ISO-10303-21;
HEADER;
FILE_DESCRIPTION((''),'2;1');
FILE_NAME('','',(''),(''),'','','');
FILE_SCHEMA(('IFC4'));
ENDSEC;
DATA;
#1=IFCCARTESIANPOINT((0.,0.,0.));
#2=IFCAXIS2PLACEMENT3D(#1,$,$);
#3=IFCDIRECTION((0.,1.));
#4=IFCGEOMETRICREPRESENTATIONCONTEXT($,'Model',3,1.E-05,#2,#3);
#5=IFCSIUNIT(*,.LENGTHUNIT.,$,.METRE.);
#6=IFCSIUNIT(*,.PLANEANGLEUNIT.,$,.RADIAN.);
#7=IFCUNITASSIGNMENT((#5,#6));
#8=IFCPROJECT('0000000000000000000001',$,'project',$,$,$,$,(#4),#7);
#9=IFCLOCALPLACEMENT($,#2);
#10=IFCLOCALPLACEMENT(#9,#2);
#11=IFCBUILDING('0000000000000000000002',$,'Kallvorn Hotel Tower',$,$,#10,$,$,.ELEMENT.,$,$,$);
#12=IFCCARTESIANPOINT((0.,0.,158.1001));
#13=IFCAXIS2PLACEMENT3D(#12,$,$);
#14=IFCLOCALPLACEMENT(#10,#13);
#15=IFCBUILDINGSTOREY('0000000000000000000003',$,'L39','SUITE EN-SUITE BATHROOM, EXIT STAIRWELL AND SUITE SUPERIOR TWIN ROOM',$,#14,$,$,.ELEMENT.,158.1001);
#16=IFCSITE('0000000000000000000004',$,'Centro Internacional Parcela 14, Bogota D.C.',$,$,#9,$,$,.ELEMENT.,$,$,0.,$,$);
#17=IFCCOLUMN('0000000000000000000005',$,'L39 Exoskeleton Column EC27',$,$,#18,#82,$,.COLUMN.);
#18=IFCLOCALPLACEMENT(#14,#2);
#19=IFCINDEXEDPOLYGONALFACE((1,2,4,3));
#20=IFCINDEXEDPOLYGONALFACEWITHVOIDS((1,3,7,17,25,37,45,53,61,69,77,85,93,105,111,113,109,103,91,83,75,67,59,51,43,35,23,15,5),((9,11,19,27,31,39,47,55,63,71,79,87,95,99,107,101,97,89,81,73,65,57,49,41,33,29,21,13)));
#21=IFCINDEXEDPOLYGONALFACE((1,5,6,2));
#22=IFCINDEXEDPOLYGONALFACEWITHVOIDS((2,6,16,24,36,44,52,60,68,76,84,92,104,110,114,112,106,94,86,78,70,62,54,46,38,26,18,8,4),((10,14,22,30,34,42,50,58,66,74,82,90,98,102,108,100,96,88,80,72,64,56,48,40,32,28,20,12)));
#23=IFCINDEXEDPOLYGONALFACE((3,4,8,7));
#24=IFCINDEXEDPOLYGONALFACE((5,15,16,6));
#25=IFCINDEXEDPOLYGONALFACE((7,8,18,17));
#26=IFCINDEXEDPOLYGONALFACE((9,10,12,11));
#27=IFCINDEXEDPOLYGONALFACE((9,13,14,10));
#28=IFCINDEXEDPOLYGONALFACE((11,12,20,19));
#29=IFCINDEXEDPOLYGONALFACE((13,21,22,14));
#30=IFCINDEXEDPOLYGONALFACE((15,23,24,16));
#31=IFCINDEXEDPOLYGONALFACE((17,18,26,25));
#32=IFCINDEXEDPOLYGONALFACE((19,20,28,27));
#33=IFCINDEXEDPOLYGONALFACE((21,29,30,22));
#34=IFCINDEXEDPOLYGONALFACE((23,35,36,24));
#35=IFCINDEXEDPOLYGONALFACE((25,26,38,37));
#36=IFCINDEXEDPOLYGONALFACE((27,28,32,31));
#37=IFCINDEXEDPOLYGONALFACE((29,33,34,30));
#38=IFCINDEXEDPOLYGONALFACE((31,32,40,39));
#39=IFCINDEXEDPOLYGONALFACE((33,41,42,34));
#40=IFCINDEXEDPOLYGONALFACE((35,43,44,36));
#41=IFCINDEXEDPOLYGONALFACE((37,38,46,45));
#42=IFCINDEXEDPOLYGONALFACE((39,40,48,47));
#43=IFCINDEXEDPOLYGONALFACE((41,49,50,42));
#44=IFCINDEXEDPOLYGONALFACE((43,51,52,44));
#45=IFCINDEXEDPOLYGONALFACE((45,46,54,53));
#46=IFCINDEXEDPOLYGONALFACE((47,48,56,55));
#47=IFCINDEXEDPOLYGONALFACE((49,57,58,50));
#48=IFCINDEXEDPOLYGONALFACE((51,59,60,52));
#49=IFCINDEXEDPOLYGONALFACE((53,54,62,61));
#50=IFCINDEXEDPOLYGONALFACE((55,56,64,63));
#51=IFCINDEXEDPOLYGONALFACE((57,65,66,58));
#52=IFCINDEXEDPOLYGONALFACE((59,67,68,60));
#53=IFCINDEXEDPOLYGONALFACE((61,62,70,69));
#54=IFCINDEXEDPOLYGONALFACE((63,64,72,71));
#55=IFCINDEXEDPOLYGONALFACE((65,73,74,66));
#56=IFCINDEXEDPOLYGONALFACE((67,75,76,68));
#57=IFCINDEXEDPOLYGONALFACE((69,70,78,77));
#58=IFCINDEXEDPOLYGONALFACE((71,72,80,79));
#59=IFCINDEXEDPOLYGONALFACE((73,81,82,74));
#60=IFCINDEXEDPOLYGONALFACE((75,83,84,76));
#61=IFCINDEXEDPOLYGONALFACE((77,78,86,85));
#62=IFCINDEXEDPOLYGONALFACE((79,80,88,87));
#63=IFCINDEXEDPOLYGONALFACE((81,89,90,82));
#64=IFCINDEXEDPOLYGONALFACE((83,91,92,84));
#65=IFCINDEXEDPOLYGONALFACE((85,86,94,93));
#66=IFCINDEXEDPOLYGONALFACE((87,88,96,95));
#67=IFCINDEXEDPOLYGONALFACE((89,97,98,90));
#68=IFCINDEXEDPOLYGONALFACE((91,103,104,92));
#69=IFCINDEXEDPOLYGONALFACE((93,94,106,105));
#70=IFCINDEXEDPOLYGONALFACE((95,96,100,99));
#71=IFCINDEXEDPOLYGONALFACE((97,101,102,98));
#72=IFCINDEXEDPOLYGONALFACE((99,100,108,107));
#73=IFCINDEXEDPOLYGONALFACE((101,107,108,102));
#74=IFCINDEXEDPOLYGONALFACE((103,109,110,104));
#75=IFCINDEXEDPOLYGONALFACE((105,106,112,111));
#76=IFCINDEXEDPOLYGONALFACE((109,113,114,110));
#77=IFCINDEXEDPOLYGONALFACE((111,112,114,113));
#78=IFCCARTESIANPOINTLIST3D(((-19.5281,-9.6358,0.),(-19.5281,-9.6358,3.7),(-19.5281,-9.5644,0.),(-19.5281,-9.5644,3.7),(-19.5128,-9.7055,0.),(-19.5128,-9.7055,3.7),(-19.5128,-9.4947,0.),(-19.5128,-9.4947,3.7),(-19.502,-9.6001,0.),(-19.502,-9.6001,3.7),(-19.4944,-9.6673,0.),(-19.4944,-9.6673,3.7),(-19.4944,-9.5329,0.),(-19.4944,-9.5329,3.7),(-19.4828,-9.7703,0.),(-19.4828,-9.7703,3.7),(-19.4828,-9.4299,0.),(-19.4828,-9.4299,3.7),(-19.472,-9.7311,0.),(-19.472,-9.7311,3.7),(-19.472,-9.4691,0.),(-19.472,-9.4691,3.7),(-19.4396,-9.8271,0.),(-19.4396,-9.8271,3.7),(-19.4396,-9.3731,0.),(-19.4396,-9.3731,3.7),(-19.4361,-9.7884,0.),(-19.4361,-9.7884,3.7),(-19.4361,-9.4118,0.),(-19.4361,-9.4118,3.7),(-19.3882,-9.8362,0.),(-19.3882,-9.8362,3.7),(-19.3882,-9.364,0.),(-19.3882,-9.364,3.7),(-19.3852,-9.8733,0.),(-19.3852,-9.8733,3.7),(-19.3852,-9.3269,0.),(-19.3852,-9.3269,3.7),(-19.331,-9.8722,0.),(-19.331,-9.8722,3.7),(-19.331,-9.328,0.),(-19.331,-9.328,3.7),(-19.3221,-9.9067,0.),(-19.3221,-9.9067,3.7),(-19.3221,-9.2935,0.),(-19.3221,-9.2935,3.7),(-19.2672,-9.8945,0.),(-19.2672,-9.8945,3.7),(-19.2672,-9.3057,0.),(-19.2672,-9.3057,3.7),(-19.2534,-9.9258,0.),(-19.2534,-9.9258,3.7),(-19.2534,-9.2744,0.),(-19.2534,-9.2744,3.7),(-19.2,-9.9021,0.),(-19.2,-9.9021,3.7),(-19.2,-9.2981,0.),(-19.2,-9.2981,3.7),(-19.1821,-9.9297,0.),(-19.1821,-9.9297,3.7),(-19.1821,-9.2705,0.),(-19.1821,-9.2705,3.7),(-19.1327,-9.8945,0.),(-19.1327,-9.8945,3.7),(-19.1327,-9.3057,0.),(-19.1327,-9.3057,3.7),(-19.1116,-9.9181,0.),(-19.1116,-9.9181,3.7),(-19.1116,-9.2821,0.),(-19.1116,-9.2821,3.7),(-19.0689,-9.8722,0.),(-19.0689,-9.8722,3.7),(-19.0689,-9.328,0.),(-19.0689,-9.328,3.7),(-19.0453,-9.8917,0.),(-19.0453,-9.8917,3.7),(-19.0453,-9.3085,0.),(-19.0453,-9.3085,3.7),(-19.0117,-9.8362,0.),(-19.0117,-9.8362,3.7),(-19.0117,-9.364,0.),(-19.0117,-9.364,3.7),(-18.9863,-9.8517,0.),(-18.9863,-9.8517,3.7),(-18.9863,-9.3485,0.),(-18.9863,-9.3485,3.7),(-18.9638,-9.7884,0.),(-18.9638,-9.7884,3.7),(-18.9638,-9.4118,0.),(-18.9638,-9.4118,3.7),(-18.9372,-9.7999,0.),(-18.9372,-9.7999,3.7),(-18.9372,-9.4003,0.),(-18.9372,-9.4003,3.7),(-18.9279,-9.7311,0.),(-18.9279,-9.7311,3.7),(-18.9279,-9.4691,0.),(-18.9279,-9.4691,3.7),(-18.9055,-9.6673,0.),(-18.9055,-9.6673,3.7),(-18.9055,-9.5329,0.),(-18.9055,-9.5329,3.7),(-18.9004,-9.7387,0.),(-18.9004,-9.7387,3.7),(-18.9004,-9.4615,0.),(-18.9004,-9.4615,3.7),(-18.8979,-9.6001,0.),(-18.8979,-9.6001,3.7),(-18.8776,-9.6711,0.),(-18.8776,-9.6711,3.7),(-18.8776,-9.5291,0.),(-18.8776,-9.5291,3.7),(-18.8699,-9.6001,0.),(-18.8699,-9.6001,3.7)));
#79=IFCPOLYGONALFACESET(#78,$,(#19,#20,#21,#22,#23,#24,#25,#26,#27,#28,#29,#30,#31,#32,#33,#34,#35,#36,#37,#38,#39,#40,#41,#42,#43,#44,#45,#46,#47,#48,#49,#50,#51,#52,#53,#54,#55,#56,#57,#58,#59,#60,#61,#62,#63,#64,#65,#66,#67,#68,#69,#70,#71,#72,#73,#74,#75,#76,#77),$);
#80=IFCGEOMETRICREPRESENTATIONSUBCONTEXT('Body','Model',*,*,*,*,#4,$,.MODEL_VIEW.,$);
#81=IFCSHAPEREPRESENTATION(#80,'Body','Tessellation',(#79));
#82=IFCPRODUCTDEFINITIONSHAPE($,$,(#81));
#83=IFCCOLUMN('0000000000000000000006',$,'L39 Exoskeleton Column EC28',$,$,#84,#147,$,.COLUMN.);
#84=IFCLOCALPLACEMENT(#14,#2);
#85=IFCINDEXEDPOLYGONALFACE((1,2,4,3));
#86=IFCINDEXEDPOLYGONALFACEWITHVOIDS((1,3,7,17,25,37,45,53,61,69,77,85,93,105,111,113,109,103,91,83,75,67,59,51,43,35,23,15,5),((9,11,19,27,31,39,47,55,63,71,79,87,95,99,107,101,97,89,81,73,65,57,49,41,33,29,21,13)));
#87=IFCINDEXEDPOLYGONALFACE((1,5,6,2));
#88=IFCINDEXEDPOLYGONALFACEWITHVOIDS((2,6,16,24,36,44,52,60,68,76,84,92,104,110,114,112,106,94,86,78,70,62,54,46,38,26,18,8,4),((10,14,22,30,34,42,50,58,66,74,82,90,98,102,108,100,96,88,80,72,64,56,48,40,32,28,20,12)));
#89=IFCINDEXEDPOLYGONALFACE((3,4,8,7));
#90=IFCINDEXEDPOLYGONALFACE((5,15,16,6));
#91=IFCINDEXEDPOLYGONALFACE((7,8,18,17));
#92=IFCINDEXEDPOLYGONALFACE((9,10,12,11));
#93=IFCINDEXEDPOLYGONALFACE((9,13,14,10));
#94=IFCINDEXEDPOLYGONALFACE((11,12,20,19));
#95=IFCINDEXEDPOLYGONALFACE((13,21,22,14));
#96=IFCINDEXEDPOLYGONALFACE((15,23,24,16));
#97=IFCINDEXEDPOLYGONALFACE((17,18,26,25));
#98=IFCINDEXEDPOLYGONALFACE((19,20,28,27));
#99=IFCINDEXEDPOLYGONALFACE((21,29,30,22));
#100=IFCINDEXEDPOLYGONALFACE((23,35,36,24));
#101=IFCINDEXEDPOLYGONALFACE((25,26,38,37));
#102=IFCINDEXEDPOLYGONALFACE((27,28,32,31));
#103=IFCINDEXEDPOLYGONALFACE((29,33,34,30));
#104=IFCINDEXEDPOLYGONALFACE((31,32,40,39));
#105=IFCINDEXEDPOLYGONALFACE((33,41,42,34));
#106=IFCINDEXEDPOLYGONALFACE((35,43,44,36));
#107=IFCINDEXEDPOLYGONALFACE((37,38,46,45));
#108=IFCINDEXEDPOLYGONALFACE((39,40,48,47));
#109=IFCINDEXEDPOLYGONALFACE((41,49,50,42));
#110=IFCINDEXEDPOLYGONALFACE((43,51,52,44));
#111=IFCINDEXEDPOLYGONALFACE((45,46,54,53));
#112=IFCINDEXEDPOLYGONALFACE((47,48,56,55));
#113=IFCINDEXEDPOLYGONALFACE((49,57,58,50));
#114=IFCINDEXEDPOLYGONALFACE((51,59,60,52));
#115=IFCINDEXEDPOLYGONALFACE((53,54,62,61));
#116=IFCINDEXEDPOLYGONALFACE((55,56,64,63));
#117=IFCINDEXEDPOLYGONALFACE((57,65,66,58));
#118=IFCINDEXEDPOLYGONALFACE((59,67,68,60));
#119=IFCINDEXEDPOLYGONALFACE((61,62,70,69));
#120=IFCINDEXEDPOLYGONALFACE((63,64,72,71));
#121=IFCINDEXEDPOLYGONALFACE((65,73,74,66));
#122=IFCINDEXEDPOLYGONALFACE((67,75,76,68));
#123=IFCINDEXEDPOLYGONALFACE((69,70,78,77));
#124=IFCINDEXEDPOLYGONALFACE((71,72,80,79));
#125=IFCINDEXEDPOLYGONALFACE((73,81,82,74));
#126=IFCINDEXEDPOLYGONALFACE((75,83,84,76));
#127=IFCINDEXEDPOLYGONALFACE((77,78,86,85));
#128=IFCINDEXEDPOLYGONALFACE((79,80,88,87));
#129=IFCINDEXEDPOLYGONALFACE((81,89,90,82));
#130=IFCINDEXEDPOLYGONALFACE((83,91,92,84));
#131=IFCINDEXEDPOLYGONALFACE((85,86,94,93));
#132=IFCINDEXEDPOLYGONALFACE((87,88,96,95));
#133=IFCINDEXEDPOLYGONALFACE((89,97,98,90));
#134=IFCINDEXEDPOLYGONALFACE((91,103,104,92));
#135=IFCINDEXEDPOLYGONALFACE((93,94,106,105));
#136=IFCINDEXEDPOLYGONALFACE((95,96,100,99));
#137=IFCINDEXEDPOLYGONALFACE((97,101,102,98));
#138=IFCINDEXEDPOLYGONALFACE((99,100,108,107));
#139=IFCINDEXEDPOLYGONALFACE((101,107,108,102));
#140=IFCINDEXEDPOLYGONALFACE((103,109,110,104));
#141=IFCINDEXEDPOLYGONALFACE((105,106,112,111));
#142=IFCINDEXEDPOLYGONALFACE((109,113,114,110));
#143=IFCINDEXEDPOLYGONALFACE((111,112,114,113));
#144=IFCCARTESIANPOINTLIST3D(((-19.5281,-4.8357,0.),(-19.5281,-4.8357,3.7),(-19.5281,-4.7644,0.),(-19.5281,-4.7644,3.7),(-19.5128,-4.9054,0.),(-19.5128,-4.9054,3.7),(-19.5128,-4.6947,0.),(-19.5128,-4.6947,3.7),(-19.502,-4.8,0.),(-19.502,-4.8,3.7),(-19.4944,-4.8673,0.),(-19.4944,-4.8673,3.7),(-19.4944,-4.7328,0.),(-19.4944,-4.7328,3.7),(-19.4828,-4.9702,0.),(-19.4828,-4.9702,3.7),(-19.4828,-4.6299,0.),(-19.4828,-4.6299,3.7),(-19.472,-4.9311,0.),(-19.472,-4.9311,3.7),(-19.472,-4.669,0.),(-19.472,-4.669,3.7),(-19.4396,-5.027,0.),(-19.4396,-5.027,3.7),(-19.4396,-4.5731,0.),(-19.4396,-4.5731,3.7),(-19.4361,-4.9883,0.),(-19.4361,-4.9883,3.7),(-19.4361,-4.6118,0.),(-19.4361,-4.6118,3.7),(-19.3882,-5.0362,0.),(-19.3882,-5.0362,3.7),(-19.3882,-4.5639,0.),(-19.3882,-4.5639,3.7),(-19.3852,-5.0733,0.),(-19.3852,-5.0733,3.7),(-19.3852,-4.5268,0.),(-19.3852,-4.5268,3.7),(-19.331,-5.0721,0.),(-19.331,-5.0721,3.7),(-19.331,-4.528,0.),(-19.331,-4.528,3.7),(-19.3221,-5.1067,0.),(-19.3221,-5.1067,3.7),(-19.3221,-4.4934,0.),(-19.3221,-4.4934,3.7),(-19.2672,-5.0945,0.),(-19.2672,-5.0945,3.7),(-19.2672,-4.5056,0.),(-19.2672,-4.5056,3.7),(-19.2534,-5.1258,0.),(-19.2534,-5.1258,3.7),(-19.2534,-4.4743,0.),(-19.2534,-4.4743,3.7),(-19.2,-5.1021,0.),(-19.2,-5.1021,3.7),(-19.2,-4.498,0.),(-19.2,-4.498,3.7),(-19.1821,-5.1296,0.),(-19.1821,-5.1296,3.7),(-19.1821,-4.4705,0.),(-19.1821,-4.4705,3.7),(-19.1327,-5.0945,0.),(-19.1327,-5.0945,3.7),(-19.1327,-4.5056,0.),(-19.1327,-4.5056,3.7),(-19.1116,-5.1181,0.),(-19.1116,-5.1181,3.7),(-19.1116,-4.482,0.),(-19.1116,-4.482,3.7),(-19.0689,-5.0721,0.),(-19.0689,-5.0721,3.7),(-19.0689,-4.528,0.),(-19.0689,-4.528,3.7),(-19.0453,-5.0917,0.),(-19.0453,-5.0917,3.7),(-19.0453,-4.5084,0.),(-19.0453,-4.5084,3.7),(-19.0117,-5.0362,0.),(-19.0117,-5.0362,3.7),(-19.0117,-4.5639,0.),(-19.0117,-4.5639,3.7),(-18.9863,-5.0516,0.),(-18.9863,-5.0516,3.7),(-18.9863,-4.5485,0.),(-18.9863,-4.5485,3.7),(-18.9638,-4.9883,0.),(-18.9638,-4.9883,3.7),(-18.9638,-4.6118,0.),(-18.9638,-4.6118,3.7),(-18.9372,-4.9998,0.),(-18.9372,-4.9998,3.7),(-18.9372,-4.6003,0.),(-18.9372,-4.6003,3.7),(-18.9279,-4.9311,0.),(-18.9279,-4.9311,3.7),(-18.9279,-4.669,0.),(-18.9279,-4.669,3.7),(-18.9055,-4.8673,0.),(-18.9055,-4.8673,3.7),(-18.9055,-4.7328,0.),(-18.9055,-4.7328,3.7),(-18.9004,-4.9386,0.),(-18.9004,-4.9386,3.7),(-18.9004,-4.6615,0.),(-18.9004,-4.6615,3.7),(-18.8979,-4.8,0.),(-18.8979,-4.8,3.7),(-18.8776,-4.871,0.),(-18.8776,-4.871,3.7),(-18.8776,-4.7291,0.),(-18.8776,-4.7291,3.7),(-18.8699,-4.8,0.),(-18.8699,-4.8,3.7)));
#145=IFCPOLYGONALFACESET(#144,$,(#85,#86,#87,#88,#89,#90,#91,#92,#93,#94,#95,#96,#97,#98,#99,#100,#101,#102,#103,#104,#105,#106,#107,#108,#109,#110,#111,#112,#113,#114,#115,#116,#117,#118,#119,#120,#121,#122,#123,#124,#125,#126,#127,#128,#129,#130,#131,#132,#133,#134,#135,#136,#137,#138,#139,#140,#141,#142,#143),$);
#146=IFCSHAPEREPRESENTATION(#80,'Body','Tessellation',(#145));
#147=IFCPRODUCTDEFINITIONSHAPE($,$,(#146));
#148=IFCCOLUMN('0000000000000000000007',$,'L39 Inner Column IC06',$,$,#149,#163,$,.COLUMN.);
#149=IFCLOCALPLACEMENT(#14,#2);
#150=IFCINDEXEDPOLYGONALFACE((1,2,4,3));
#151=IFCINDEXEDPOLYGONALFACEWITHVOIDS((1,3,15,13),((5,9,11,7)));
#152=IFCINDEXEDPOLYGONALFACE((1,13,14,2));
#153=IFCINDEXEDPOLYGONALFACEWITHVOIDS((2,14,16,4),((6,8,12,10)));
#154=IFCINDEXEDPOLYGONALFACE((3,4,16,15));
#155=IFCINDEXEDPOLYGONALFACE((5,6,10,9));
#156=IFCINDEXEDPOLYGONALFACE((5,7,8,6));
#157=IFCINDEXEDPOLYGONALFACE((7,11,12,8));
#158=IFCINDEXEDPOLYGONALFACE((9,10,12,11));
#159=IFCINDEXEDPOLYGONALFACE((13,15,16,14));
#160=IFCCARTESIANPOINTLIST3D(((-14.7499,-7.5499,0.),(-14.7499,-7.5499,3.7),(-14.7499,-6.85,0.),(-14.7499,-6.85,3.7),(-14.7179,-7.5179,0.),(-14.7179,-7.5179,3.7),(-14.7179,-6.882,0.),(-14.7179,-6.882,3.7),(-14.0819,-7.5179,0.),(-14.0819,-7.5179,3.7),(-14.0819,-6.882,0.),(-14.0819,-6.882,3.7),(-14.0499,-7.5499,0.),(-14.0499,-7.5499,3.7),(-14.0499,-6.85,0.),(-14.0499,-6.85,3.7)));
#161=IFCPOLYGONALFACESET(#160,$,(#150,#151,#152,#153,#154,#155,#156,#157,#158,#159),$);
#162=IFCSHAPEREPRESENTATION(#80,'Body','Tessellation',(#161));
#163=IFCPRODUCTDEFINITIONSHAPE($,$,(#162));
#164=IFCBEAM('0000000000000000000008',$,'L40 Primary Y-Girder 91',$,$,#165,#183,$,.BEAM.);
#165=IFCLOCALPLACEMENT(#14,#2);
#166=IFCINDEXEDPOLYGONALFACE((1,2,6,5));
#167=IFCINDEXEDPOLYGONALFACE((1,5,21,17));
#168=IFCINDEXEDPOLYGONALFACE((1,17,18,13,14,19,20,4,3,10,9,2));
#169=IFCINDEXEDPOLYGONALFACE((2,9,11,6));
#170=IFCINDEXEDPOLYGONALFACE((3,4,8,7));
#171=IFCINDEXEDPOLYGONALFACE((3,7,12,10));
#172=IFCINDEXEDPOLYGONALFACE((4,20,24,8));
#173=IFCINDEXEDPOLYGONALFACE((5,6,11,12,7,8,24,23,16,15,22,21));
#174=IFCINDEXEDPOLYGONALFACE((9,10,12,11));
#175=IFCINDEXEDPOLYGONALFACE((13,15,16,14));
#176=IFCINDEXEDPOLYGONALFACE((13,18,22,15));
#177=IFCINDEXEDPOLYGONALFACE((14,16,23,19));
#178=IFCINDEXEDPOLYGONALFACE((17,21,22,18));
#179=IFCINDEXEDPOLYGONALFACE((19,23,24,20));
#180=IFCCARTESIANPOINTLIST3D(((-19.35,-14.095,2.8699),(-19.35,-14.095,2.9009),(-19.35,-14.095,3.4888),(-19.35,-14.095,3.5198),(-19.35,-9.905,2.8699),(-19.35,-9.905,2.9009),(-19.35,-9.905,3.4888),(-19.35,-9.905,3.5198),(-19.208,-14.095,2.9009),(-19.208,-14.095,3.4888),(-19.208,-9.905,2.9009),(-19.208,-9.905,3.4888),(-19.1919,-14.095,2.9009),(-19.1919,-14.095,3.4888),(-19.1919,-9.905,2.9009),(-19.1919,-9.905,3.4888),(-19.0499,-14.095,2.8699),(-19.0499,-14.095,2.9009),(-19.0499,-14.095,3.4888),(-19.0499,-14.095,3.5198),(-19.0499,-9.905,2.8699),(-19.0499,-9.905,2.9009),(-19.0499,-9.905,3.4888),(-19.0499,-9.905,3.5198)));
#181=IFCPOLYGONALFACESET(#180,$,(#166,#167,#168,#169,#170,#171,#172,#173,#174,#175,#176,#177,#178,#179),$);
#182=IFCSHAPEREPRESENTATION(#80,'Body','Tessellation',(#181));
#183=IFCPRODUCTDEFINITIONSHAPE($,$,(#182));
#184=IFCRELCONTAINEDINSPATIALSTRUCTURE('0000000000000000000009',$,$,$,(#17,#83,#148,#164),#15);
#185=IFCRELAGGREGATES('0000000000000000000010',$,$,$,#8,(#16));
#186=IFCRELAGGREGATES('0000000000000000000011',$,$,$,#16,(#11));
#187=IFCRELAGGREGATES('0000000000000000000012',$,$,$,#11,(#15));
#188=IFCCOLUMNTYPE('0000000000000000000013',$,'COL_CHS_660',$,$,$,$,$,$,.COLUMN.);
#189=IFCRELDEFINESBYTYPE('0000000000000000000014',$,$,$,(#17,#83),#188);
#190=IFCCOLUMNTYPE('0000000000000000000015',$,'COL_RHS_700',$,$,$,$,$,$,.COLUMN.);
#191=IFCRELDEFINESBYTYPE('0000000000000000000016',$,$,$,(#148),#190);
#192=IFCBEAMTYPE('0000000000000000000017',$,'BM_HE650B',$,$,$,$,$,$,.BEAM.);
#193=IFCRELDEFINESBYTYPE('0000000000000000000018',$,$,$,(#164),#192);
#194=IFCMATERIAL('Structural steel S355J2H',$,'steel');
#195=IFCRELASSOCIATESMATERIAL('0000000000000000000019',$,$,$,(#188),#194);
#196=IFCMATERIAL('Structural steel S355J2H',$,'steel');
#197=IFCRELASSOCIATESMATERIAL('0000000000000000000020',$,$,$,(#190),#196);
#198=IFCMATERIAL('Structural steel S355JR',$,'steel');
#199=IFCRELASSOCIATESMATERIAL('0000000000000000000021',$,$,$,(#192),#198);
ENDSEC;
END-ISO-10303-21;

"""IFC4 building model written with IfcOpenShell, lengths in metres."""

from ifc_helpers import new_model, si_unit, direction, frame, origin, origin_2d, place, context, subcontext, project, spatial, hollow_rectangle, hollow_circle, i_section, extrude, material, material_profile, profile_set, type_object, element, save


model = new_model("IFC4")

# Units and contexts
model_context = context("Model", 3, precision=1e-05, world=origin(), true_north=direction((0.0, 1.0)))
body_context = subcontext(model_context, "Body", "Model", "MODEL_VIEW")
ifc_project = project(units=[si_unit("LENGTHUNIT", "METRE"), si_unit("PLANEANGLEUNIT", "RADIAN")], contexts=[model_context])

# Site, building, storey
site_placement = place(None, origin())
site = spatial("IfcSite", under=ifc_project, at=site_placement, Name="Centro Internacional Parcela 14, Bogota D.C.", CompositionType="ELEMENT", RefElevation=0.0)
building_placement = place(site_placement, origin())
building = spatial("IfcBuilding", under=site, at=building_placement, Name="Kallvorn Hotel Tower", CompositionType="ELEMENT")
storey_placement = place(building_placement, frame((0.0, 0.0, 158.1001)))
storey = spatial("IfcBuildingStorey", under=building, at=storey_placement, Name="L39", Description="SUITE EN-SUITE BATHROOM, EXIT STAIRWELL AND SUITE SUPERIOR TWIN ROOM", CompositionType="ELEMENT", Elevation=158.1001)

# Columns
ifc_material_1 = material(Name="Structural steel S355J2H", Category="steel")
ifc_material_profile_1 = material_profile(ifc_material_1, hollow_circle(Radius=0.3301, WallThickness=0.0281, at=origin_2d()), Name="CHS 660x28")
ifc_profile_set_1 = profile_set([ifc_material_profile_1], Name="Structural steel S355J2H")
column_type_1 = type_object("IfcColumnType", Name="COL_CHS_660", PredefinedType="COLUMN", material=ifc_profile_set_1)
for number, where, z_axis, x_axis, name in (
    (1, (-19.2, -9.6001, 0.0), (0.0, 0.0, 1.0), (1.0, 0.0, 0.0), "L39 Exoskeleton Column EC27"),
    (2, (-19.2, -4.8, 0.0), (0.0, 0.0, 1.0), (1.0, 0.0, 0.0), "L39 Exoskeleton Column EC28"),
):
    element("IfcColumn", number, at=place(storey_placement, frame(where, z_axis=z_axis, x_axis=x_axis)), inside=storey, type_object=column_type_1, Name=name, PredefinedType="COLUMN", context=body_context, shape_type="SweptSolid", body=[
        extrude(hollow_circle(Radius=0.3301, WallThickness=0.0281, at=origin_2d()), origin(), (0.0, 0.0, 1.0), 3.7),
    ])
ifc_material_2 = material(Name="Structural steel S355J2H", Category="steel")
ifc_material_profile_2 = material_profile(ifc_material_2, hollow_rectangle(XDim=0.7, YDim=0.7, WallThickness=0.032, at=origin_2d()), Name="RHS 700x700x32")
ifc_profile_set_2 = profile_set([ifc_material_profile_2], Name="Structural steel S355J2H")
column_type_2 = type_object("IfcColumnType", Name="COL_RHS_700", PredefinedType="COLUMN", material=ifc_profile_set_2)
column_placement = place(storey_placement, frame((-14.3999, -7.2, 0.0), z_axis=(0.0, 0.0, 1.0), x_axis=(1.0, 0.0, 0.0)))
element("IfcColumn", 3, at=column_placement, inside=storey, type_object=column_type_2, Name="L39 Inner Column IC06", PredefinedType="COLUMN", context=body_context, shape_type="SweptSolid", body=[
    extrude(hollow_rectangle(XDim=0.7, YDim=0.7, WallThickness=0.032, at=origin_2d()), origin(), (0.0, 0.0, 1.0), 3.7),
])

# Beam
ifc_material_3 = material(Name="Structural steel S355JR", Category="steel")
ifc_material_profile_3 = material_profile(ifc_material_3, i_section(OverallWidth=0.3, OverallDepth=0.6499, WebThickness=0.0161, FlangeThickness=0.031, at=origin_2d()), Name="HE 650 B")
ifc_profile_set_3 = profile_set([ifc_material_profile_3], Name="Structural steel S355JR")
beam_type_1 = type_object("IfcBeamType", Name="BM_HE650B", PredefinedType="BEAM", material=ifc_profile_set_3)
beam_1_placement = place(storey_placement, frame((-19.2, -14.095, 3.1948), z_axis=(0.0, 1.0, 0.0), x_axis=(-1.0, 0.0, 0.0)))
element("IfcBeam", 4, at=beam_1_placement, inside=storey, type_object=beam_type_1, Name="L40 Primary Y-Girder 91", PredefinedType="BEAM", context=body_context, shape_type="SweptSolid", body=[
    extrude(i_section(OverallWidth=0.3, OverallDepth=0.6499, WebThickness=0.0161, FlangeThickness=0.031, at=origin_2d()), origin(), (0.0, 0.0, 1.0), 4.1899),
])

save(model, "model.ifc")
